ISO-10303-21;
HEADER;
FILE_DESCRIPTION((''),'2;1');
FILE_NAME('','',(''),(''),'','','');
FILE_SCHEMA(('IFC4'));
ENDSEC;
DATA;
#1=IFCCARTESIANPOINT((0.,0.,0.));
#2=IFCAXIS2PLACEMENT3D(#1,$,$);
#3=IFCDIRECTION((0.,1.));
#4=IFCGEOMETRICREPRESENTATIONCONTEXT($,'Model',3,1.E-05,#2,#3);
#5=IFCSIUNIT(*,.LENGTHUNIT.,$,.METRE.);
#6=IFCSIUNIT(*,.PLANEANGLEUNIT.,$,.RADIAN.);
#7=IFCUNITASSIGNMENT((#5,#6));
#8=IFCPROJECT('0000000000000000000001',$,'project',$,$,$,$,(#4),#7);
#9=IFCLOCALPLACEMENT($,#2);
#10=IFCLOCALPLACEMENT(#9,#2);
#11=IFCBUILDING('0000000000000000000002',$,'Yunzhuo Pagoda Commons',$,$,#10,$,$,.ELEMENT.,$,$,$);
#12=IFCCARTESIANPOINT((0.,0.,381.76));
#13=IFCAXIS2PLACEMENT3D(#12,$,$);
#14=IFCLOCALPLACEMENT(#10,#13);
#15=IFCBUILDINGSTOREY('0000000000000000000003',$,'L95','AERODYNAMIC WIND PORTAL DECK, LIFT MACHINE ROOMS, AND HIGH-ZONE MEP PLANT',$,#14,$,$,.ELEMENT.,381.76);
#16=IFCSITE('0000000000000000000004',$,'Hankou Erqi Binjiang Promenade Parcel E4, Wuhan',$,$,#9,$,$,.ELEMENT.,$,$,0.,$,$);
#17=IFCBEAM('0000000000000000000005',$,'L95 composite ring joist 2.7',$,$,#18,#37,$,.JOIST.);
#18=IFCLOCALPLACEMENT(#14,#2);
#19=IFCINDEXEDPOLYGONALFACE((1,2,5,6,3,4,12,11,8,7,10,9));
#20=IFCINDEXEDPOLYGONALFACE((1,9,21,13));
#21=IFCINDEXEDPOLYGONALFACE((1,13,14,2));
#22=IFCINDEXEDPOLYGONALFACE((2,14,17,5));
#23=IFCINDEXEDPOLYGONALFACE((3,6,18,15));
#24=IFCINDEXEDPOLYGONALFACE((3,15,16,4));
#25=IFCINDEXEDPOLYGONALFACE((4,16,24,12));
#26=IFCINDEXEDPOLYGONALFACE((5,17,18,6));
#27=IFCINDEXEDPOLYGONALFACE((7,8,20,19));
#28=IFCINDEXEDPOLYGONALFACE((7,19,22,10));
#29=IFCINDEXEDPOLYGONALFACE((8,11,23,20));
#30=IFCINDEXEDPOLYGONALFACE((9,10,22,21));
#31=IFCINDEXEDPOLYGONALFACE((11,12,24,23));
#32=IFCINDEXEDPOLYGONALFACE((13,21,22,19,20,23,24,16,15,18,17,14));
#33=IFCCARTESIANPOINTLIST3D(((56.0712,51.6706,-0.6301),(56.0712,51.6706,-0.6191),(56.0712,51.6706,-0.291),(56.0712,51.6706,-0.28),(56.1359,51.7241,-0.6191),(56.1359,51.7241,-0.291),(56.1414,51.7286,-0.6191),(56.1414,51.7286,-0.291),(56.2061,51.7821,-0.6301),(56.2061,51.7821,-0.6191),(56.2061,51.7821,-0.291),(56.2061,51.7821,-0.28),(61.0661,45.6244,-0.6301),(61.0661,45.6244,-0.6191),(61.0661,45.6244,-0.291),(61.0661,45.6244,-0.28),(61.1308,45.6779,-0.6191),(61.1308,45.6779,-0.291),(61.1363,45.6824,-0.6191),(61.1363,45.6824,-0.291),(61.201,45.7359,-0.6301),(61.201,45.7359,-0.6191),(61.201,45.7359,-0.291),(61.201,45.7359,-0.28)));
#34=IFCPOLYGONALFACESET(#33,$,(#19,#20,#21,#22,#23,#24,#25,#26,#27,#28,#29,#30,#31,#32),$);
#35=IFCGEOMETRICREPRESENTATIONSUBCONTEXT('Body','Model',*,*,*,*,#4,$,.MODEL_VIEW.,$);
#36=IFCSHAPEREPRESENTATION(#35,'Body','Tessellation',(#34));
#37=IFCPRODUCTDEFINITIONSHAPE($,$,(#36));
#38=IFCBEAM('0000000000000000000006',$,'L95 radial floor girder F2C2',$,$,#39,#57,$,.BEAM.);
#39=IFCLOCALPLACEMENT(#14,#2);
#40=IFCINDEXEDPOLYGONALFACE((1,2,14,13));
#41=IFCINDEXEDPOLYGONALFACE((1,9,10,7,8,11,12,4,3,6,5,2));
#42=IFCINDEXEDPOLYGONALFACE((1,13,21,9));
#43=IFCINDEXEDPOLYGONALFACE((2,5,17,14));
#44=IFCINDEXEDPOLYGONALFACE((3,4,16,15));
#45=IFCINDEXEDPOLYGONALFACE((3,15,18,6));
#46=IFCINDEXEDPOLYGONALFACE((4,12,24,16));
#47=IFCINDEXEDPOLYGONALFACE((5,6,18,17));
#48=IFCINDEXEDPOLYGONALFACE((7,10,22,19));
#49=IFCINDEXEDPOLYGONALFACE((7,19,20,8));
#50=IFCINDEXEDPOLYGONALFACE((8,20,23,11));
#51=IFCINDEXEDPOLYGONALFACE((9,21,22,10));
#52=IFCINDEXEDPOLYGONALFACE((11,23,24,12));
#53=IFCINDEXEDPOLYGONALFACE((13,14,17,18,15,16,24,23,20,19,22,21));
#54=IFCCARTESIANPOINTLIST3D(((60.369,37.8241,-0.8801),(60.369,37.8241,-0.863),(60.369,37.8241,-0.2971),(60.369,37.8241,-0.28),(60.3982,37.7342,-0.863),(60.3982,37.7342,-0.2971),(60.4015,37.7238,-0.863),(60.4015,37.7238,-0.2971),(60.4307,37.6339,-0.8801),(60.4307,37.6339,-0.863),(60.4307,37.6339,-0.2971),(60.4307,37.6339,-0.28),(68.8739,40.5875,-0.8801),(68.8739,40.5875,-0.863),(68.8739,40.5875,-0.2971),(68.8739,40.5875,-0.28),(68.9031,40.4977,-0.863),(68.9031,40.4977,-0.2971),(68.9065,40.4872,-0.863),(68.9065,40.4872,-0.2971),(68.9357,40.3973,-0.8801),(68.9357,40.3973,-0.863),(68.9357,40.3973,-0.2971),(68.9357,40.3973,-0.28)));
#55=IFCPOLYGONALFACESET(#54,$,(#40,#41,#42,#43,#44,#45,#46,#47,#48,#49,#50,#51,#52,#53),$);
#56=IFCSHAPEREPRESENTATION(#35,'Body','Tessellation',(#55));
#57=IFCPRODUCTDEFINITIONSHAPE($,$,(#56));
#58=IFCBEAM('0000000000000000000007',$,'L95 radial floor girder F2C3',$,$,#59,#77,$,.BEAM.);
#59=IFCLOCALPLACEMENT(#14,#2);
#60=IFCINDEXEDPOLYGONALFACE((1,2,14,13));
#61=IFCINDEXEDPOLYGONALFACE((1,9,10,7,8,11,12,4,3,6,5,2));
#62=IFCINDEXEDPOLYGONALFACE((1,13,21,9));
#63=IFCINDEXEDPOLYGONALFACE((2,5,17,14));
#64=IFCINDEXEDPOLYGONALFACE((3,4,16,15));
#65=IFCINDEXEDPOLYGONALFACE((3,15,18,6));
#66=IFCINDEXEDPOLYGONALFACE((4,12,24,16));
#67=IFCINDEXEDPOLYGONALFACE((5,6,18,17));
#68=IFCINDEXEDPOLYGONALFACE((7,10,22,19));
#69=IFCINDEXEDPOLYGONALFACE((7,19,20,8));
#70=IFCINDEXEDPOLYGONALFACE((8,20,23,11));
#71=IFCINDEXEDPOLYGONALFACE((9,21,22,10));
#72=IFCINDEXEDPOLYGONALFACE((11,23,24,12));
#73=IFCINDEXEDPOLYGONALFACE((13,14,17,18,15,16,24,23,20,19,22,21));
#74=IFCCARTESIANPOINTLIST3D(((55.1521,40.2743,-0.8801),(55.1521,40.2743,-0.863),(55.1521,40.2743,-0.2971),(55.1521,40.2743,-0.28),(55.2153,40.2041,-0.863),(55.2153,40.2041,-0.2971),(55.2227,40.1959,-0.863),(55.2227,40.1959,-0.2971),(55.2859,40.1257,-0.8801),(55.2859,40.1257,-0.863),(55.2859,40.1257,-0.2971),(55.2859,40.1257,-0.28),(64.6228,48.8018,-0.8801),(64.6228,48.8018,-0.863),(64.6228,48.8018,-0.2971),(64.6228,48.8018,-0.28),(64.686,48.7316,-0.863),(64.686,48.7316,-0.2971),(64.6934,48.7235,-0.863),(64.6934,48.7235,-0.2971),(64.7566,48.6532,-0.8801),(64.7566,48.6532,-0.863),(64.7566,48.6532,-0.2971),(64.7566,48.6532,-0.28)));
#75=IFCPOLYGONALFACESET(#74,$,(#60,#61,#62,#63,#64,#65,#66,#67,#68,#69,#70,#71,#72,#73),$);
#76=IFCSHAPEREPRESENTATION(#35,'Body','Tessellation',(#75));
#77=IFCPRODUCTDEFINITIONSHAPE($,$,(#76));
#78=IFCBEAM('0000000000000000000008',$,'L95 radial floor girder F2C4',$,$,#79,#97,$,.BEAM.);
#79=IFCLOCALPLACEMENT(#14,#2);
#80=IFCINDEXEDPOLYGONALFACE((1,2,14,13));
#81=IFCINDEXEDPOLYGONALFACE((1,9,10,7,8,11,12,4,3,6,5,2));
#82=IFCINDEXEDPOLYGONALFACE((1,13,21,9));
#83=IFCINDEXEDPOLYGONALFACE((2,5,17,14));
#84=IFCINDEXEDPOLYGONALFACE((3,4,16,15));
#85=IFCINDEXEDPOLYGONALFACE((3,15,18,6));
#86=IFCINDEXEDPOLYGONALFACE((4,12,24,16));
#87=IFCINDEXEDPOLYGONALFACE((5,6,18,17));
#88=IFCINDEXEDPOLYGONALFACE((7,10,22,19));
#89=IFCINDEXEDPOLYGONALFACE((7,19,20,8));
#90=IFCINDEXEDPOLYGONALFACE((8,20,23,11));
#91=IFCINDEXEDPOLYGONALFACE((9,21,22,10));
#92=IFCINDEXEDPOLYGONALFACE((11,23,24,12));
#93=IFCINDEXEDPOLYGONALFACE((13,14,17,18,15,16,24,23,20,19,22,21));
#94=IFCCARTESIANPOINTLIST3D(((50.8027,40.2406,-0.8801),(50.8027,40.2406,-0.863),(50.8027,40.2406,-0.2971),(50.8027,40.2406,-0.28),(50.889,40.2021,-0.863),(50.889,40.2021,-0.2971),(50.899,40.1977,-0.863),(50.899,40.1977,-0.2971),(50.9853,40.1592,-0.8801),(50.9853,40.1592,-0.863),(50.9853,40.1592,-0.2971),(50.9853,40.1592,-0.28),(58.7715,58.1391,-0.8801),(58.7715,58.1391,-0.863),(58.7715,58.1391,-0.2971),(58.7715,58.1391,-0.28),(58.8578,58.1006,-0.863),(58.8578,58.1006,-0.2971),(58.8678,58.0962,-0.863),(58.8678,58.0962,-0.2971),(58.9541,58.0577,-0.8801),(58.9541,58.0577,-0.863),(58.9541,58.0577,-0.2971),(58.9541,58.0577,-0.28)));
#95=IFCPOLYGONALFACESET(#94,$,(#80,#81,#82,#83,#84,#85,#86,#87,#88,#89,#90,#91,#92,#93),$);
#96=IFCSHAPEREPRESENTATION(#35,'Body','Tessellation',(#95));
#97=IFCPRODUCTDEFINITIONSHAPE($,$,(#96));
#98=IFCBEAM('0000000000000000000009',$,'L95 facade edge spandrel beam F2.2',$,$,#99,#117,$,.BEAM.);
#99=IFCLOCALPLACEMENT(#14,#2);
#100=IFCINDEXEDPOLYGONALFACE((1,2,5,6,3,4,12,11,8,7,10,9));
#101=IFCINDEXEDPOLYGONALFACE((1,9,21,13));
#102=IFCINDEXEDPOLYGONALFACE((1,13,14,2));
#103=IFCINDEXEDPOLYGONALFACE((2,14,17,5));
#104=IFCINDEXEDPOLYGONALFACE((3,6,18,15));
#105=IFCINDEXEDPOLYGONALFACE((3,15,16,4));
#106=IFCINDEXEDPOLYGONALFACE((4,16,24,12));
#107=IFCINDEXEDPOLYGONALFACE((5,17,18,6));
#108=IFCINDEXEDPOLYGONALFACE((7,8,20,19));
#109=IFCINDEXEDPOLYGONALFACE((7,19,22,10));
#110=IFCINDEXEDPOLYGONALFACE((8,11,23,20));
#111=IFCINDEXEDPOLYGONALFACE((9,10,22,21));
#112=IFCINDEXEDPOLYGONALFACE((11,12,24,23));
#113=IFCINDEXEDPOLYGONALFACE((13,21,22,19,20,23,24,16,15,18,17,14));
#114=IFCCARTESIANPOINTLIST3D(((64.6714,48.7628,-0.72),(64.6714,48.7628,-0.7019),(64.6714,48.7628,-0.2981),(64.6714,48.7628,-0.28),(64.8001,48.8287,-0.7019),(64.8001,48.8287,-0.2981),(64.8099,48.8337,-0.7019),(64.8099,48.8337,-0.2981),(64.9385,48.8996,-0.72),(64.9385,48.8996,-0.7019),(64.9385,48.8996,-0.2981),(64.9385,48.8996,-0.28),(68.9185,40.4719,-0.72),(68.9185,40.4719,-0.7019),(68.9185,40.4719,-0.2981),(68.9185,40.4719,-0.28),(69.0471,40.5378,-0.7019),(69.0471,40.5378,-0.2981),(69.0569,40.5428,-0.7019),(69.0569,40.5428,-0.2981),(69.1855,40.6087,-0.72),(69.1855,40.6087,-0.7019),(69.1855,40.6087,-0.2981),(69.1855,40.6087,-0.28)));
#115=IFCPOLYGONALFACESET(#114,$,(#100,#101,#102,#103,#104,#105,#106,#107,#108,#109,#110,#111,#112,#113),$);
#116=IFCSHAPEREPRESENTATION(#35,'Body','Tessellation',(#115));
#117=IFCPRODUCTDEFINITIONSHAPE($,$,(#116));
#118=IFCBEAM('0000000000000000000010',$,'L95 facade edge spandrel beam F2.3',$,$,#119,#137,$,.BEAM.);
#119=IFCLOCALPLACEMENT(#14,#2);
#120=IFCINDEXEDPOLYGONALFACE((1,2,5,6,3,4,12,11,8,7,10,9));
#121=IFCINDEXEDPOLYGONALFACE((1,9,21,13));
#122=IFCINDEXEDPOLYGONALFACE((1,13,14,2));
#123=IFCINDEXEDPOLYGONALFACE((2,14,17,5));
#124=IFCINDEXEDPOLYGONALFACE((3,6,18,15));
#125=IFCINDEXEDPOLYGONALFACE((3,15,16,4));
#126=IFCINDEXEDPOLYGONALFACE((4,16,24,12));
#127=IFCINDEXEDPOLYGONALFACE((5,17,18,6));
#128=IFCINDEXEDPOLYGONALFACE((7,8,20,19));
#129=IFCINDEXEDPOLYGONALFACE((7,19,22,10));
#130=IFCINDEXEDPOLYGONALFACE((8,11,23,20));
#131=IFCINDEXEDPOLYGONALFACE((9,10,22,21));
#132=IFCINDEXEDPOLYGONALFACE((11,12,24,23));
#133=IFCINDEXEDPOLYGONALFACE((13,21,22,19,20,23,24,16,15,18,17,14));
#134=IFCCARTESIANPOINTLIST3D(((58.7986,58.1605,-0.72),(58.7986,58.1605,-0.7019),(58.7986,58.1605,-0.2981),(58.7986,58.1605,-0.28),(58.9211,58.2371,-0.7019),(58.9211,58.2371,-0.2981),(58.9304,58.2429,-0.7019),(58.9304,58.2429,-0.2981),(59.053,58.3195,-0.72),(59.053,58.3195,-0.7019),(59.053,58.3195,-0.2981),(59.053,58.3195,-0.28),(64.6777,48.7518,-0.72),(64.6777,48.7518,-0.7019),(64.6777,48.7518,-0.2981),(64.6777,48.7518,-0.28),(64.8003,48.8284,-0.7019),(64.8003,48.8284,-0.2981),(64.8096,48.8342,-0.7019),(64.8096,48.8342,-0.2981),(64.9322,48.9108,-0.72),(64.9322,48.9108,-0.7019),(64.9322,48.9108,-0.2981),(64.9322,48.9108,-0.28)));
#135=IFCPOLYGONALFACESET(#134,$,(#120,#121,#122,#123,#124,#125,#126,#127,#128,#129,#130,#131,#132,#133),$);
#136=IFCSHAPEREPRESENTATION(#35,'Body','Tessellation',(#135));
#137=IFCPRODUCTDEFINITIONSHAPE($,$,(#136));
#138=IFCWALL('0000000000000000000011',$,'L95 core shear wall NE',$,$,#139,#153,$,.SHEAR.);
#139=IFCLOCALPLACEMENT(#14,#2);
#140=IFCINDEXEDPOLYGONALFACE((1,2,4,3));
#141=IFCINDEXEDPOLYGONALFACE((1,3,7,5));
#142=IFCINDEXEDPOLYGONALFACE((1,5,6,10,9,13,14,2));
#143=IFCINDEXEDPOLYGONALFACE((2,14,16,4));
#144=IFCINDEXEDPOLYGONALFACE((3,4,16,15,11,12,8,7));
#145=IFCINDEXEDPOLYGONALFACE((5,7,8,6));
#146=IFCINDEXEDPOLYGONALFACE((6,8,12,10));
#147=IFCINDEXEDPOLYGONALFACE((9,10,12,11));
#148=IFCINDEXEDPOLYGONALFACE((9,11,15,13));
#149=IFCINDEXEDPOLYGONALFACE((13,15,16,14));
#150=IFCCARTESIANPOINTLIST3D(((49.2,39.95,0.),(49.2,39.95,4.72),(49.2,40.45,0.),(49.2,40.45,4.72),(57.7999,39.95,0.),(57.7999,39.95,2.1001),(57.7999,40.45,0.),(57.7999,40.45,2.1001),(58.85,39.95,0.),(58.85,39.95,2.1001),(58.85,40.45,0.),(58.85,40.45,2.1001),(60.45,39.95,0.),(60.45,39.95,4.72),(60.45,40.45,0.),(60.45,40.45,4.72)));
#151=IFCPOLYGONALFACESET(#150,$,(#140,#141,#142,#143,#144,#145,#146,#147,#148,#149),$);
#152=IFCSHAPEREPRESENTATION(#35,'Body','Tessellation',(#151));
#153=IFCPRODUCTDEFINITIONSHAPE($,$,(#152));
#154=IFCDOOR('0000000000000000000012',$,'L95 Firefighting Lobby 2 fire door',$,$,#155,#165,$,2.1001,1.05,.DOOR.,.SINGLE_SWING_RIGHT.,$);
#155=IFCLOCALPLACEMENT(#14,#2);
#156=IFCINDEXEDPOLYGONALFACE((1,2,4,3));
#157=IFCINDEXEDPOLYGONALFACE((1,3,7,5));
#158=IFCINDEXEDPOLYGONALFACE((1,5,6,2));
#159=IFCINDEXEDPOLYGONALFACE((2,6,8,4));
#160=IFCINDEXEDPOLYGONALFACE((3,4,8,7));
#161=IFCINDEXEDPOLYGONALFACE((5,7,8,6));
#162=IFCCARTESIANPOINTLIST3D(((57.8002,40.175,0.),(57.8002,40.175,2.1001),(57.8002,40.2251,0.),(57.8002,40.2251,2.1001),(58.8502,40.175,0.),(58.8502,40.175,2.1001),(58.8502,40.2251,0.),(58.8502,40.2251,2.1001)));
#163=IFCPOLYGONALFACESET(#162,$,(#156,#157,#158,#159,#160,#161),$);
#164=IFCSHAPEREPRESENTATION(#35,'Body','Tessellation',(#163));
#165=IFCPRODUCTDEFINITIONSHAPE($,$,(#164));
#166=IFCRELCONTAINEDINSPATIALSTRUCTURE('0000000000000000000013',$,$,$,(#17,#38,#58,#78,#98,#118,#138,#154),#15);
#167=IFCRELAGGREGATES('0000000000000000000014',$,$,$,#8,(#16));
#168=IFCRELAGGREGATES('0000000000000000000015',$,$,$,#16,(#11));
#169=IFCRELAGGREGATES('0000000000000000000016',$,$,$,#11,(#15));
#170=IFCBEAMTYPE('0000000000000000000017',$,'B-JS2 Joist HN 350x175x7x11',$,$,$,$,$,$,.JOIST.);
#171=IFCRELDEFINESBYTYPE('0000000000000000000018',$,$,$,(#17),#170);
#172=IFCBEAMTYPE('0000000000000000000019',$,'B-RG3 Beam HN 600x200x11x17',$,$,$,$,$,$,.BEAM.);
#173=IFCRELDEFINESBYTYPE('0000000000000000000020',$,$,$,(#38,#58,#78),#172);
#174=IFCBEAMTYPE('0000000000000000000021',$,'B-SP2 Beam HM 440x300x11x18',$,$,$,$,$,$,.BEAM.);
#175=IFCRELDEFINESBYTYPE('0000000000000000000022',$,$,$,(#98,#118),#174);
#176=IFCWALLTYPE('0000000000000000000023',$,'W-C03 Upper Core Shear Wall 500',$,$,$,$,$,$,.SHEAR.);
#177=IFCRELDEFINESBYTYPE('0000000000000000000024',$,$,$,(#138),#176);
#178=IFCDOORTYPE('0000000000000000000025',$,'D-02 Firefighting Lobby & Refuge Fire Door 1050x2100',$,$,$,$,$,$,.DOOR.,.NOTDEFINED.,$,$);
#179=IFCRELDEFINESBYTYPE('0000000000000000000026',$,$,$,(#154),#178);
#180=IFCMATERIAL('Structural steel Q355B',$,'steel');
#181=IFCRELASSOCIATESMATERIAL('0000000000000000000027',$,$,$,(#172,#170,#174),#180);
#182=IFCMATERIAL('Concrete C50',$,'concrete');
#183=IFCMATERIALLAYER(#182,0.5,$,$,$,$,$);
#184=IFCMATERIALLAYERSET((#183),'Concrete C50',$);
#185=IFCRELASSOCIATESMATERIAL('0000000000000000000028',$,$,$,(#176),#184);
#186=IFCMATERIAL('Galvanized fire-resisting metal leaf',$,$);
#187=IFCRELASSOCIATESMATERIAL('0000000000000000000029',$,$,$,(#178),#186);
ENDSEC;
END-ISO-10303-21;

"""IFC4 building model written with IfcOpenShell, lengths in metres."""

from ifc_helpers import new_model, si_unit, direction, frame, frame_2d, origin, origin_2d, place, context, subcontext, project, spatial, rectangle, i_section, extrude, source, transform, mapped, material, layer, layer_set, material_profile, profile_set, type_object, element, fill, save


model = new_model("IFC4")

# Units and contexts
model_context = context("Model", 3, precision=1e-05, world=origin(), true_north=direction((0.0, 1.0)))
body_context = subcontext(model_context, "Body", "Model", "MODEL_VIEW")
ifc_project = project(units=[si_unit("LENGTHUNIT", "METRE"), si_unit("PLANEANGLEUNIT", "RADIAN")], contexts=[model_context])

# Site, building, storey
site_placement = place(None, origin())
site = spatial("IfcSite", under=ifc_project, at=site_placement, Name="Hankou Erqi Binjiang Promenade Parcel E4, Wuhan", CompositionType="ELEMENT", RefElevation=0.0)
building_placement = place(site_placement, origin())
building = spatial("IfcBuilding", under=site, at=building_placement, Name="Yunzhuo Pagoda Commons", CompositionType="ELEMENT")
storey_placement = place(building_placement, frame((0.0, 0.0, 381.76)))
storey = spatial("IfcBuildingStorey", under=building, at=storey_placement, Name="L95", Description="AERODYNAMIC WIND PORTAL DECK, LIFT MACHINE ROOMS, AND HIGH-ZONE MEP PLANT", CompositionType="ELEMENT", Elevation=381.76)

# Shared definitions
ifc_material_1 = material(Name="Structural steel Q355B", Category="steel")

# Beams
ifc_material_profile_1 = material_profile(ifc_material_1, i_section(OverallWidth=0.2, OverallDepth=0.6001, WebThickness=0.011, FlangeThickness=0.0171, at=origin_2d()), Name="Structural steel Q355B")
ifc_profile_set_1 = profile_set([ifc_material_profile_1], Name="Structural steel Q355B")
beam_type_1 = type_object("IfcBeamType", Name="B-RG3 Beam HN 600x200x11x17", PredefinedType="BEAM", material=ifc_profile_set_1)
ifc_material_profile_2 = material_profile(ifc_material_1, i_section(OverallWidth=0.175, OverallDepth=0.3501, WebThickness=0.0071, FlangeThickness=0.011, at=origin_2d()), Name="Structural steel Q355B")
ifc_profile_set_2 = profile_set([ifc_material_profile_2], Name="Structural steel Q355B")
beam_type_2 = type_object("IfcBeamType", Name="B-JS2 Joist HN 350x175x7x11", PredefinedType="JOIST", material=ifc_profile_set_2)
shared_shape_1 = source(origin(), body_context, "Body", "SweptSolid", [
    extrude(i_section(OverallWidth=0.175, OverallDepth=0.3501, WebThickness=0.0071, FlangeThickness=0.011, at=origin_2d()), origin(), (0.0, 0.0, 1.0), 7.8425),
])
beam_1_placement = place(storey_placement, frame((61.1335, 45.6802, -0.4551), z_axis=(-0.636899, 0.770947, 0.0), x_axis=(-0.770947, -0.636899, 0.0)))
element("IfcBeam", 1, at=beam_1_placement, inside=storey, type_object=beam_type_2, Name="L95 composite ring joist 2.7", PredefinedType="JOIST", context=body_context, shape_type="MappedRepresentation", body=[
    mapped(shared_shape_1, transform((0.0, 0.0, 0.0), scale=1.0)),
])
shared_shape_2 = source(origin(), body_context, "Body", "SweptSolid", [
    extrude(i_section(OverallWidth=0.2, OverallDepth=0.6001, WebThickness=0.011, FlangeThickness=0.0171, at=origin_2d()), origin(), (0.0, 0.0, 1.0), 8.9426),
])
beam_2_placement = place(storey_placement, frame((68.9048, 40.4924, -0.5801), z_axis=(-0.951056, -0.309019, 0.0), x_axis=(0.309019, -0.951056, 0.0)))
element("IfcBeam", 2, at=beam_2_placement, inside=storey, type_object=beam_type_1, Name="L95 radial floor girder F2C2", PredefinedType="BEAM", context=body_context, shape_type="MappedRepresentation", body=[
    mapped(shared_shape_2, transform((0.0, 0.0, 0.0), scale=1.0)),
])
shared_shape_3 = source(origin(), body_context, "Body", "SweptSolid", [
    extrude(i_section(OverallWidth=0.2, OverallDepth=0.6001, WebThickness=0.011, FlangeThickness=0.0171, at=origin_2d()), origin(), (0.0, 0.0, 1.0), 12.7441),
])
beam_3_placement = place(storey_placement, frame((64.6897, 48.7275, -0.5801), z_axis=(-0.74314, -0.669136, 0.0), x_axis=(0.669136, -0.74314, 0.0)))
element("IfcBeam", 3, at=beam_3_placement, inside=storey, type_object=beam_type_1, Name="L95 radial floor girder F2C3", PredefinedType="BEAM", context=body_context, shape_type="MappedRepresentation", body=[
    mapped(shared_shape_3, transform((0.0, 0.0, 0.0), scale=1.0)),
])
shared_shape_4 = source(origin(), body_context, "Body", "SweptSolid", [
    extrude(i_section(OverallWidth=0.2, OverallDepth=0.6001, WebThickness=0.011, FlangeThickness=0.0171, at=origin_2d()), origin(), (0.0, 0.0, 1.0), 19.5923),
])
beam_4_placement = place(storey_placement, frame((58.8628, 58.0984, -0.5801), z_axis=(-0.40673, -0.913548, 0.0), x_axis=(0.913548, -0.40673, 0.0)))
element("IfcBeam", 4, at=beam_4_placement, inside=storey, type_object=beam_type_1, Name="L95 radial floor girder F2C4", PredefinedType="BEAM", context=body_context, shape_type="MappedRepresentation", body=[
    mapped(shared_shape_4, transform((0.0, 0.0, 0.0), scale=1.0)),
])
ifc_material_profile_3 = material_profile(ifc_material_1, i_section(OverallWidth=0.3, OverallDepth=0.4399, WebThickness=0.011, FlangeThickness=0.0181, at=origin_2d()), Name="Structural steel Q355B")
ifc_profile_set_3 = profile_set([ifc_material_profile_3], Name="Structural steel Q355B")
beam_type_3 = type_object("IfcBeamType", Name="B-SP2 Beam HM 440x300x11x18", PredefinedType="BEAM", material=ifc_profile_set_3)
shared_shape_5 = source(origin(), body_context, "Body", "SweptSolid", [
    extrude(i_section(OverallWidth=0.3, OverallDepth=0.4399, WebThickness=0.011, FlangeThickness=0.0181, at=origin_2d()), origin(), (0.0, 0.0, 1.0), 9.3154),
])
beam_5_placement = place(storey_placement, frame((69.052, 40.5403, -0.5), z_axis=(-0.455914, 0.890024, 0.0), x_axis=(-0.890024, -0.455914, 0.0)))
element("IfcBeam", 5, at=beam_5_placement, inside=storey, type_object=beam_type_3, Name="L95 facade edge spandrel beam F2.2", PredefinedType="BEAM", context=body_context, shape_type="MappedRepresentation", body=[
    mapped(shared_shape_5, transform((0.0, 0.0, 0.0), scale=1.0)),
])
shared_shape_6 = source(origin(), body_context, "Body", "SweptSolid", [
    extrude(i_section(OverallWidth=0.3, OverallDepth=0.4399, WebThickness=0.011, FlangeThickness=0.0181, at=origin_2d()), origin(), (0.0, 0.0, 1.0), 11.0945),
])
beam_6_placement = place(storey_placement, frame((64.8049, 48.8313, -0.5), z_axis=(-0.529916, 0.84805, 0.0), x_axis=(-0.84805, -0.529916, 0.0)))
element("IfcBeam", 6, at=beam_6_placement, inside=storey, type_object=beam_type_3, Name="L95 facade edge spandrel beam F2.3", PredefinedType="BEAM", context=body_context, shape_type="MappedRepresentation", body=[
    mapped(shared_shape_6, transform((0.0, 0.0, 0.0), scale=1.0)),
])

# Wall, opening, door
ifc_material_2 = material(Name="Concrete C50", Category="concrete")
ifc_layer_1 = layer(ifc_material_2, 0.5)
ifc_layer_set_1 = layer_set([ifc_layer_1], Name="Concrete C50")
wall_type = type_object("IfcWallType", Name="W-C03 Upper Core Shear Wall 500", PredefinedType="SHEAR", material=ifc_layer_set_1)
wall_placement = place(storey_placement, frame((49.2, 40.2, 0.0), z_axis=(0.0, 0.0, 1.0), x_axis=(1.0, 0.0, 0.0)))
wall = element("IfcWall", 7, at=wall_placement, inside=storey, type_object=wall_type, Name="L95 core shear wall NE", PredefinedType="SHEAR", context=body_context, shape_type="SweptSolid", body=[
    extrude(rectangle(XDim=11.25, YDim=0.5, at=frame_2d((5.625, 0.0))), origin(), (0.0, 0.0, 1.0), 4.72),
])
opening_placement = place(wall_placement, frame((8.6001, 0.0, 0.0)))
opening = element("IfcOpeningElement", 8, at=opening_placement, cuts=wall, PredefinedType="OPENING", context=body_context, shape_type="SweptSolid", body=[
    extrude(rectangle(XDim=1.05, YDim=2.1001, at=frame_2d((0.5249, 1.05))), frame((0.0, 0.26, 0.0), z_axis=(0.0, -1.0, 0.0), x_axis=(1.0, 0.0, 0.0)), (0.0, 0.0, 1.0), 0.52),
])
ifc_material_3 = material(Name="Galvanized fire-resisting metal leaf")
door_type = type_object("IfcDoorType", Name="D-02 Firefighting Lobby & Refuge Fire Door 1050x2100", OperationType="NOTDEFINED", PredefinedType="DOOR", material=ifc_material_3)
shared_shape_7 = source(origin(), body_context, "Body", "SweptSolid", [
    extrude(rectangle(XDim=1.05, YDim=2.1001, at=frame_2d((0.5249, 1.05))), frame((0.0, 0.0249, 0.0), z_axis=(0.0, -1.0, 0.0), x_axis=(1.0, 0.0, 0.0)), (0.0, 0.0, 1.0), 0.05),
])
door_placement = place(opening_placement, frame((1.05, 0.0, 0.0), z_axis=(0.0, 0.0, 1.0), x_axis=(-1.0, 0.0, 0.0)))
door = element("IfcDoor", 9, at=door_placement, inside=storey, type_object=door_type, Name="L95 Firefighting Lobby 2 fire door", OperationType="SINGLE_SWING_RIGHT", OverallHeight=2.1001, OverallWidth=1.05, PredefinedType="DOOR", context=body_context, shape_type="MappedRepresentation", body=[
    mapped(shared_shape_7, transform((0.0, 0.0, 0.0), scale=1.0)),
])
fill(opening, door)

save(model, "model.ifc")
